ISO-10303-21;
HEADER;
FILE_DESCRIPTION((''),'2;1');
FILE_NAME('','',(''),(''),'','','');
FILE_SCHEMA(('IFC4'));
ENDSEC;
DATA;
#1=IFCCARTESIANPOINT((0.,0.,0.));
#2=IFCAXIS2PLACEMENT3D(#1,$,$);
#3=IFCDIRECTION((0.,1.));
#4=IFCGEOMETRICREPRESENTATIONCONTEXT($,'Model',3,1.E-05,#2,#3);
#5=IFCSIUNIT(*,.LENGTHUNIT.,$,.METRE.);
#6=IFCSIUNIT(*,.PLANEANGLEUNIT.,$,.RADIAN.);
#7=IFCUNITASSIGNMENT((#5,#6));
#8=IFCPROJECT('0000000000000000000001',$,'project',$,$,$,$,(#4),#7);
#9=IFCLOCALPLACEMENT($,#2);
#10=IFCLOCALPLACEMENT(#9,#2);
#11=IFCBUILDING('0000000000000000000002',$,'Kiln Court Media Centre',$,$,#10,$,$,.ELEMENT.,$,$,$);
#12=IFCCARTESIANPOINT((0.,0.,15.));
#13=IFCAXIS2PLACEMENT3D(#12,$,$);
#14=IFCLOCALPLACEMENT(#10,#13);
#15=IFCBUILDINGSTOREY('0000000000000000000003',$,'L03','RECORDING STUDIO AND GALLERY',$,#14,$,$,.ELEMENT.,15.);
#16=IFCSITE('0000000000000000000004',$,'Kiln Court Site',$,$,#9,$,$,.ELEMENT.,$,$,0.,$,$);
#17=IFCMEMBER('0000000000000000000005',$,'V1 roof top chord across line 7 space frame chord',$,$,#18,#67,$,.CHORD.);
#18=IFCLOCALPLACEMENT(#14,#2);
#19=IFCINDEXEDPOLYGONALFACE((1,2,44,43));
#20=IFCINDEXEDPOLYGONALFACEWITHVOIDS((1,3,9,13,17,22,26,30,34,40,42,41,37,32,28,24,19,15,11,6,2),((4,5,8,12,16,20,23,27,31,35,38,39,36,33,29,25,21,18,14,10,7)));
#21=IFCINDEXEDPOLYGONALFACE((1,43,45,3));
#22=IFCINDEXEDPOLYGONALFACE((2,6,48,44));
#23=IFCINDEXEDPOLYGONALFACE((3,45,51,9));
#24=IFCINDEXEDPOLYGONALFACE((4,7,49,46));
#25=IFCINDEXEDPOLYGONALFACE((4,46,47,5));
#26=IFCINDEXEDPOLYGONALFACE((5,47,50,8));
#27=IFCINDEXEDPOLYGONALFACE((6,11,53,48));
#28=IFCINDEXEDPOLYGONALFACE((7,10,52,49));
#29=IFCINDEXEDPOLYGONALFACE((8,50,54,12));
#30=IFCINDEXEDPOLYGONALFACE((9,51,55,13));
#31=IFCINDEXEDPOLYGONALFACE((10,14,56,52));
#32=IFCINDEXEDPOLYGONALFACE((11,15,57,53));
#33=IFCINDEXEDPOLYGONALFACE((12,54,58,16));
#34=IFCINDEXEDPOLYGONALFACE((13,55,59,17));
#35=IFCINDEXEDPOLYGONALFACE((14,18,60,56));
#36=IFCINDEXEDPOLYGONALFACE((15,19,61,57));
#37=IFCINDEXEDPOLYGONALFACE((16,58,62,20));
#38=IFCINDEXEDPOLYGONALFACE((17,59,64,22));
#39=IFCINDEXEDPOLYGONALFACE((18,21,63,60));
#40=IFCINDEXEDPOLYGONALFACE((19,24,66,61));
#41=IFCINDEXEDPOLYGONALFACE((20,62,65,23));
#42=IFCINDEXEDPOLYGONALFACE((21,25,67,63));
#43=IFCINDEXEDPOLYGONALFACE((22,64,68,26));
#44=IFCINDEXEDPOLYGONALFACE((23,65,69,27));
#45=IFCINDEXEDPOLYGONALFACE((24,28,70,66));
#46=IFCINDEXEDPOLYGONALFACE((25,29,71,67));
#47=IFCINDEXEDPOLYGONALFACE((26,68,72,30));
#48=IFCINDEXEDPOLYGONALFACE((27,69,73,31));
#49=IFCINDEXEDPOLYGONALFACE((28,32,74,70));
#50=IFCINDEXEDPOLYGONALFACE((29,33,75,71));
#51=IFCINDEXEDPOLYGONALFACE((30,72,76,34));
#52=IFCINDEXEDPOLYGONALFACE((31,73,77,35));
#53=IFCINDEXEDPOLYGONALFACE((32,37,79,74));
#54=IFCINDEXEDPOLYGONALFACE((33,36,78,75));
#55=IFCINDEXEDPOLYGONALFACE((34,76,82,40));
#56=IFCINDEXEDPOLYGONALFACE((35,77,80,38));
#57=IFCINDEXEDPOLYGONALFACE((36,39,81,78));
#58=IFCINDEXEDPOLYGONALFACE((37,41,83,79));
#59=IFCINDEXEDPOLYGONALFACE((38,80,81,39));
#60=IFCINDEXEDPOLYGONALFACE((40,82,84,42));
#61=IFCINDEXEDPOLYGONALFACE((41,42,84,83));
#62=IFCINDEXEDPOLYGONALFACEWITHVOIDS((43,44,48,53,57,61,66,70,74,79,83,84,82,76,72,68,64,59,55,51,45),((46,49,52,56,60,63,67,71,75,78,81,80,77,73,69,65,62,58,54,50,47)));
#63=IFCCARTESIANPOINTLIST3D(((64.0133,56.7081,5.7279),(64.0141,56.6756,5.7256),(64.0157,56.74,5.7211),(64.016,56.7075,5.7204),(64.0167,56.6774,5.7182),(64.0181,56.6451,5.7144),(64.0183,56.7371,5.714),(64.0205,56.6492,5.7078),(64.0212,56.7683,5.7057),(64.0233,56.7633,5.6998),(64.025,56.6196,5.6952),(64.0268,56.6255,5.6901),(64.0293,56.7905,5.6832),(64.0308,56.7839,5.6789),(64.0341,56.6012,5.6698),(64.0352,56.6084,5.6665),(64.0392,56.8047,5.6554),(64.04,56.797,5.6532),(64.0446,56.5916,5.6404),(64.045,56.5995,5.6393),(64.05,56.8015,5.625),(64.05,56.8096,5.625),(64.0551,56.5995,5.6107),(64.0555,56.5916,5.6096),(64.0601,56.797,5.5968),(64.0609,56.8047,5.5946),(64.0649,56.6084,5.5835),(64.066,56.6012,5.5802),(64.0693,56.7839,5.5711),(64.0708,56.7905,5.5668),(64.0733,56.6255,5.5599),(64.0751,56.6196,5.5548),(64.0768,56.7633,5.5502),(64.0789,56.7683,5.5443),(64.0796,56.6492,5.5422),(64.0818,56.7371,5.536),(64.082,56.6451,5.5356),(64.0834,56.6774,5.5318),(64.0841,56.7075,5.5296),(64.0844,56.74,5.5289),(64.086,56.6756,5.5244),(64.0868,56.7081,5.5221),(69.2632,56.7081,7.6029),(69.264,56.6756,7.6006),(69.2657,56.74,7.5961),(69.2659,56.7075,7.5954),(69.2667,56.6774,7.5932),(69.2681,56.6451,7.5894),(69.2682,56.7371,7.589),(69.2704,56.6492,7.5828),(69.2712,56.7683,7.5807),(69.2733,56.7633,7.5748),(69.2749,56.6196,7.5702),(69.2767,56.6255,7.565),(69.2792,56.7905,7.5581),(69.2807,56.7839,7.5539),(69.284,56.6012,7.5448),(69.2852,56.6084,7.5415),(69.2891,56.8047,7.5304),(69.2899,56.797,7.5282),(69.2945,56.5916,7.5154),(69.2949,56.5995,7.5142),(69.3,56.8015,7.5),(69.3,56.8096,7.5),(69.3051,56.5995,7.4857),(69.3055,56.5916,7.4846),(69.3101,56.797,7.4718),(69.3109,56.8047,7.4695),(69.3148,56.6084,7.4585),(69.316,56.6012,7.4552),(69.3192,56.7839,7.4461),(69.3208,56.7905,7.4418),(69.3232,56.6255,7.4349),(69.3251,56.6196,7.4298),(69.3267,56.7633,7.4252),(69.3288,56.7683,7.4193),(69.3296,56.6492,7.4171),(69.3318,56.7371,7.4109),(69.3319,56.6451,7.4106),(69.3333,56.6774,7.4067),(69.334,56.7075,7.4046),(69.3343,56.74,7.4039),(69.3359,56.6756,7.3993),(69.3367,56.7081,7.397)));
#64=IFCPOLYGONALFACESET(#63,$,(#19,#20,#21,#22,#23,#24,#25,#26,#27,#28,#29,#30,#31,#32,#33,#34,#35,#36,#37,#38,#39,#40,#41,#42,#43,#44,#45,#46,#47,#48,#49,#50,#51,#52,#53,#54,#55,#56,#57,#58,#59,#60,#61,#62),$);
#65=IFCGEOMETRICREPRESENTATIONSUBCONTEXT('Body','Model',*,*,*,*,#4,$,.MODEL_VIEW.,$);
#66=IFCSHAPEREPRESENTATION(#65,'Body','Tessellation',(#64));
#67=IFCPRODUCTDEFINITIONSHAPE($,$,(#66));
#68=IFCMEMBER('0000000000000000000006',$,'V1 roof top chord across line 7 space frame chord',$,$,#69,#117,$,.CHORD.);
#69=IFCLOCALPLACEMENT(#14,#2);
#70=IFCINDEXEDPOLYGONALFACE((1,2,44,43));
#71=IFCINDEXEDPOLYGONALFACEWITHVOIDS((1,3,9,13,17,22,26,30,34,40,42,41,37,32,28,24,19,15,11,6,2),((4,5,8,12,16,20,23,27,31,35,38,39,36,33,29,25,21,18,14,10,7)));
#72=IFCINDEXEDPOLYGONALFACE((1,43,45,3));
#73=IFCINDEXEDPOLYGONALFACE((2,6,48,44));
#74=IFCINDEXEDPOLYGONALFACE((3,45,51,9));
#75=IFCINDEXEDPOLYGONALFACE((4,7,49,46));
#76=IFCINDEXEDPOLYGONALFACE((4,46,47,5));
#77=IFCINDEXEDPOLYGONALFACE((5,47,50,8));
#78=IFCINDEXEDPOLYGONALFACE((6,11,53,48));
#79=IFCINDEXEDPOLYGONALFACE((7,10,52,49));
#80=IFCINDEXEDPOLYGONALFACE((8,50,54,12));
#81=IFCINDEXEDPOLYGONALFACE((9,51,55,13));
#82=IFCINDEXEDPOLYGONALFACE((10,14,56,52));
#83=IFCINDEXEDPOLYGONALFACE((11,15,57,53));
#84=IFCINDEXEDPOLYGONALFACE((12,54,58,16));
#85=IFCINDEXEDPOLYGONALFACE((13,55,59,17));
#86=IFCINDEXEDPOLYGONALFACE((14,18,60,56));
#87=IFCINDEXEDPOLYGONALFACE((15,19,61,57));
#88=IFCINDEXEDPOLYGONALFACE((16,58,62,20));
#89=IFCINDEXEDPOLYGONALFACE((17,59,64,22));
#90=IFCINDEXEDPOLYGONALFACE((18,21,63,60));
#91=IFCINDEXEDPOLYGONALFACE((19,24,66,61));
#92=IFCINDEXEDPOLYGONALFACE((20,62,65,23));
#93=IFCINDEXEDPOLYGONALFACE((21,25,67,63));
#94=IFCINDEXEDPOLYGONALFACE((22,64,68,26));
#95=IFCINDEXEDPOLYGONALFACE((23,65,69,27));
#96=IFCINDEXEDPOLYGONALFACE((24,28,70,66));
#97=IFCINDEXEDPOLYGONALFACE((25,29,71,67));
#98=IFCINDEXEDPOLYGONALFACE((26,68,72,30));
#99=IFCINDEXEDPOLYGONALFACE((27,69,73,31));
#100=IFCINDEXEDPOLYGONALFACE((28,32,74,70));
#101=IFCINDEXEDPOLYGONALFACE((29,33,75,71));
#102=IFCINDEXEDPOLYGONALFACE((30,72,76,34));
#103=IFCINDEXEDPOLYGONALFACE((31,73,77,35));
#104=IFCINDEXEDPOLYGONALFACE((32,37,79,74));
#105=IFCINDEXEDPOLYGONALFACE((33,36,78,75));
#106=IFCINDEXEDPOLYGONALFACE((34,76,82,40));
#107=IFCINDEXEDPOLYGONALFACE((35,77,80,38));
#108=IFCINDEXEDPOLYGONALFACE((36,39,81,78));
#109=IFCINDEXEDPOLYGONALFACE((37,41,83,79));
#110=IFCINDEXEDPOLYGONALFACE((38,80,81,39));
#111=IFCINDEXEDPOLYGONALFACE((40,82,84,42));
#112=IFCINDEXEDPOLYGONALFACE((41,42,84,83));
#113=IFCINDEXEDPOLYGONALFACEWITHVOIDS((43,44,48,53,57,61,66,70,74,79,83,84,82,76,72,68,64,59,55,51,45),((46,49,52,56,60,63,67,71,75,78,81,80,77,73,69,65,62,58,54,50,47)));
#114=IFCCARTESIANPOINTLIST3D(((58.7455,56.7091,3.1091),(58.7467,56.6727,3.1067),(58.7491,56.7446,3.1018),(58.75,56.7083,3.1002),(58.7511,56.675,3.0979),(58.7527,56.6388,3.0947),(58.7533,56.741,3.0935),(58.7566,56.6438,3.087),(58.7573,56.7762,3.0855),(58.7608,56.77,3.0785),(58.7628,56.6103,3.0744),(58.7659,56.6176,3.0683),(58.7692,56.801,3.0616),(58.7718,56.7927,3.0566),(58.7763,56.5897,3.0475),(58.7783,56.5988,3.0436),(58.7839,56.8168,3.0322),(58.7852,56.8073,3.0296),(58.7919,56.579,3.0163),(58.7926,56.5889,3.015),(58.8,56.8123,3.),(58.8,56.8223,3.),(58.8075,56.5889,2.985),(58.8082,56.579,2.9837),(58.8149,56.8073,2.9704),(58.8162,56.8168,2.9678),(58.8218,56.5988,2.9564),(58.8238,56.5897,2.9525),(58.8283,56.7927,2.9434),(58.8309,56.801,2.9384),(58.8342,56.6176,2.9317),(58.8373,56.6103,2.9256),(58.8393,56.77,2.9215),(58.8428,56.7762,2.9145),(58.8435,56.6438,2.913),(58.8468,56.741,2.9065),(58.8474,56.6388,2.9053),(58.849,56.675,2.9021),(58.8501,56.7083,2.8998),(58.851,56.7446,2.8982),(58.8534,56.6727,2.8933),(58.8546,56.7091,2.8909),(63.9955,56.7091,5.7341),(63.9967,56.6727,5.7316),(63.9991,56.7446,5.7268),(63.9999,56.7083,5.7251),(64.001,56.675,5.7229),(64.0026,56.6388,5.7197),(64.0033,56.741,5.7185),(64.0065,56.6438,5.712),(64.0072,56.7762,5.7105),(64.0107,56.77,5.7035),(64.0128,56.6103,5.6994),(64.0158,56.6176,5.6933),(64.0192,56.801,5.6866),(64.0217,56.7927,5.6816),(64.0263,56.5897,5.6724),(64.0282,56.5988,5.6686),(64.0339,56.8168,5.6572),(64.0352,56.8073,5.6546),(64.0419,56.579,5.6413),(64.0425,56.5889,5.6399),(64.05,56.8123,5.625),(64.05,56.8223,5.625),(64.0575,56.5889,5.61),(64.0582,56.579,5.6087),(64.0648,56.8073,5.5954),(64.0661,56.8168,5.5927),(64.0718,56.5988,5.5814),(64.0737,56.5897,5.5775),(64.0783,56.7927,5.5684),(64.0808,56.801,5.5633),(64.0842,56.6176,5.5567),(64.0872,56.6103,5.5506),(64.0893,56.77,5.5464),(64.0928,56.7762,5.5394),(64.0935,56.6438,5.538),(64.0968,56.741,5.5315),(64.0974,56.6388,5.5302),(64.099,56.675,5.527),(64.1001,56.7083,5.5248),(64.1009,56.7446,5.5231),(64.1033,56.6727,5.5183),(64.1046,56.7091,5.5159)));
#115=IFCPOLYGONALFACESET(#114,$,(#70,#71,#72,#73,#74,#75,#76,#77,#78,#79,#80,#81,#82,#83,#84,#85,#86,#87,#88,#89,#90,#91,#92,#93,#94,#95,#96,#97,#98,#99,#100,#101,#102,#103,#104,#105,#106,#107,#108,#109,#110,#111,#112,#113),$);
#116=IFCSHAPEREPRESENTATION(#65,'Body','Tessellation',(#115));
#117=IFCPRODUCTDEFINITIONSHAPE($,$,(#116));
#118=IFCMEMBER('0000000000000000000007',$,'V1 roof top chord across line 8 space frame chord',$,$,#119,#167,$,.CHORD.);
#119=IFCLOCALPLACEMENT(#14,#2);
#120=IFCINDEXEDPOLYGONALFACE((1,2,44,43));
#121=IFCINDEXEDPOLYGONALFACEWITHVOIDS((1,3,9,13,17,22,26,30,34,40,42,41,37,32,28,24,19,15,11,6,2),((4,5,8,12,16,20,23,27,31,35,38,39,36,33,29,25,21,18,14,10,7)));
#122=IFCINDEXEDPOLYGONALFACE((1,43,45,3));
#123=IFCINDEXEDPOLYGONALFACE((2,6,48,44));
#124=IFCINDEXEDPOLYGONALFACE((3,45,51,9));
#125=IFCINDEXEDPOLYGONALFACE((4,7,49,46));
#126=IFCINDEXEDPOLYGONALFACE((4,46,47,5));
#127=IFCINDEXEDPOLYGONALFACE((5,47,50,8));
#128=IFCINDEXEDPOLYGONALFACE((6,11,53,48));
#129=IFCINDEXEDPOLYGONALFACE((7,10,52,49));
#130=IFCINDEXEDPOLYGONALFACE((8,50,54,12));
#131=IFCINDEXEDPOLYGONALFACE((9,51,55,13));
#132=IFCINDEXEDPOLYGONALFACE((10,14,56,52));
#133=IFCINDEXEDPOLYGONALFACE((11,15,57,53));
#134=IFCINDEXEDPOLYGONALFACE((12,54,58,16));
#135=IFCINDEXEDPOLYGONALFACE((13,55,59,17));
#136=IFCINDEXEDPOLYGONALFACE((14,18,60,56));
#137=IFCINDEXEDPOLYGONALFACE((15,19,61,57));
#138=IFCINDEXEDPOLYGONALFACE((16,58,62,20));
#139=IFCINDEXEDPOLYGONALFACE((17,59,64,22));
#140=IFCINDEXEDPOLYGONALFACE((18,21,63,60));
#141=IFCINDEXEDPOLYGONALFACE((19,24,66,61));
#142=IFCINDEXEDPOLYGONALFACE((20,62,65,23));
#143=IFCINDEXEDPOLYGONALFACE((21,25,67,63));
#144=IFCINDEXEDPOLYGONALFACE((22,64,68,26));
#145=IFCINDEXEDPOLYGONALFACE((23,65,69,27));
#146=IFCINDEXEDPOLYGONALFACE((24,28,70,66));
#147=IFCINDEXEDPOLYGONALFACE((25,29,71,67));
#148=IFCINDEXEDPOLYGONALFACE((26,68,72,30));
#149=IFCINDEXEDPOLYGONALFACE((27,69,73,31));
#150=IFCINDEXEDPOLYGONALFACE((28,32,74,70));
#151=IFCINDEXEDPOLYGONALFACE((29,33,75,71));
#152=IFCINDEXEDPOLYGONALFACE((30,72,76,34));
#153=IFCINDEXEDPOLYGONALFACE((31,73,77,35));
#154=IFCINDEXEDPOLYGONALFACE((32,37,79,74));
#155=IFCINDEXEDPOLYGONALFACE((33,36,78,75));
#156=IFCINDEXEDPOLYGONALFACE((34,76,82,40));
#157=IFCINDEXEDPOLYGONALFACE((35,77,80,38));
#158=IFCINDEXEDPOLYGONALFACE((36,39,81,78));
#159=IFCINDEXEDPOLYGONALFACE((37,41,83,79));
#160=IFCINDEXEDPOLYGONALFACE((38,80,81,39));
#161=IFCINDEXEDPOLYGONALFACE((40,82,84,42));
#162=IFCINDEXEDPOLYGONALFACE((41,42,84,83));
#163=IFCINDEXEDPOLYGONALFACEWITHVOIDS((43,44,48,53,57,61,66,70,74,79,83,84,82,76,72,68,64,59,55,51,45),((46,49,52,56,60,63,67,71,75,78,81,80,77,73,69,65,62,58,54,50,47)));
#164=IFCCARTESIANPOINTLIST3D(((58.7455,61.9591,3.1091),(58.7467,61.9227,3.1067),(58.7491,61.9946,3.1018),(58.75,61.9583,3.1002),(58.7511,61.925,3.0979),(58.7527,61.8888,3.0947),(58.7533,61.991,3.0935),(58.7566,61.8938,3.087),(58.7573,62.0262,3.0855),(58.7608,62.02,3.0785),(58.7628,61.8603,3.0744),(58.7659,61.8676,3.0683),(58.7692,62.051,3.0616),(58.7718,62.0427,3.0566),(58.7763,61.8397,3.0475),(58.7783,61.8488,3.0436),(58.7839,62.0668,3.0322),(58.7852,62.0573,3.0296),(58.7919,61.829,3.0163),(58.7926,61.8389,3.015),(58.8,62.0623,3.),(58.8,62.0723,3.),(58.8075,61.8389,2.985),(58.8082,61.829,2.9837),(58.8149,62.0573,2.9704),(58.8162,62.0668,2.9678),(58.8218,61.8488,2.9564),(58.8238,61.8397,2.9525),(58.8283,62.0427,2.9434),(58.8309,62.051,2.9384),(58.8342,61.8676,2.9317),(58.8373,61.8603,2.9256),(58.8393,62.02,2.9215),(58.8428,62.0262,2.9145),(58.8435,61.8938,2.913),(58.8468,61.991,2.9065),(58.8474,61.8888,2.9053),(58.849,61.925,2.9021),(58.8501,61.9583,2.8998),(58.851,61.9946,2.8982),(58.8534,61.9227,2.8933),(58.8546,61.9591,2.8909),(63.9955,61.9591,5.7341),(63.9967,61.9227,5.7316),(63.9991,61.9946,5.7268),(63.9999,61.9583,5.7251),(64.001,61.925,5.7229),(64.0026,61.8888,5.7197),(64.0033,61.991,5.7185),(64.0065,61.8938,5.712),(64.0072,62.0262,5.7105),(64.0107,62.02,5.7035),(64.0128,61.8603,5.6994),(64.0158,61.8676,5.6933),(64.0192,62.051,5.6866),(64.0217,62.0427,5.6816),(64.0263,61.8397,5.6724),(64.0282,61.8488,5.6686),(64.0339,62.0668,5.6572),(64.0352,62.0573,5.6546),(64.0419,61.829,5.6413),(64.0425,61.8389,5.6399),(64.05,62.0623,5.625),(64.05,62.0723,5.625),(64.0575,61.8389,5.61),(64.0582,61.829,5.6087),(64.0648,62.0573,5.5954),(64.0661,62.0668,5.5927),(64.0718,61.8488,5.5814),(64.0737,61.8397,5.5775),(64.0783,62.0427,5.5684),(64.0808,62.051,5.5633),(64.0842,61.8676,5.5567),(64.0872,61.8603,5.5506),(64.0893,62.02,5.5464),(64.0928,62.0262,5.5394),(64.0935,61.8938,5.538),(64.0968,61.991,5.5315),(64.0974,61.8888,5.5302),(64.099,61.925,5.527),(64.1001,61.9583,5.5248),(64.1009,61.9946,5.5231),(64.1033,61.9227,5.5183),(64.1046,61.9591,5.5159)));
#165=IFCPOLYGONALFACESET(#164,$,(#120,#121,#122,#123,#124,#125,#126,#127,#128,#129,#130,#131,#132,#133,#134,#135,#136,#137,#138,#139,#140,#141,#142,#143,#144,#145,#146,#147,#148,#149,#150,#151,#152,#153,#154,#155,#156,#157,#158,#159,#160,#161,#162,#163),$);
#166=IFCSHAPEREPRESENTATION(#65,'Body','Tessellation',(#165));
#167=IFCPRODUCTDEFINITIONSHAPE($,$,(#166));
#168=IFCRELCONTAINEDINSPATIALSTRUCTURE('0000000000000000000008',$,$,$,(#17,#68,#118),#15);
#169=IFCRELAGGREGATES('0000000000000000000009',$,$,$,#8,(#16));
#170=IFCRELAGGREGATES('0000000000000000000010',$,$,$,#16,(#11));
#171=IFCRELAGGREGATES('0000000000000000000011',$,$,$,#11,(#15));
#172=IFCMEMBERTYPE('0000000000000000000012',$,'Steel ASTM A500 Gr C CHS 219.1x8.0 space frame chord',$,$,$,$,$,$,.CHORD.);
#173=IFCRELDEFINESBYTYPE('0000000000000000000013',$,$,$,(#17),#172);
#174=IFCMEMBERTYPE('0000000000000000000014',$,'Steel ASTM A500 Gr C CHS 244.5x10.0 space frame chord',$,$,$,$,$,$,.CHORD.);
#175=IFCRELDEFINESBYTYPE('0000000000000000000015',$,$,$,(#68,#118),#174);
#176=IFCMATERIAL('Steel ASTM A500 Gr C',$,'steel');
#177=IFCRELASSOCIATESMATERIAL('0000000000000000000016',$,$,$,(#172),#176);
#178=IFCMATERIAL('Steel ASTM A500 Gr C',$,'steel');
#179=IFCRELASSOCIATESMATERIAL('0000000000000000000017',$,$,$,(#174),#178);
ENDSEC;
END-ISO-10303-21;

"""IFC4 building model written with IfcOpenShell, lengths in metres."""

from ifc_helpers import new_model, si_unit, direction, frame, origin, origin_2d, place, context, subcontext, project, spatial, hollow_circle, extrude, material, material_profile, profile_set, type_object, element, save


model = new_model("IFC4")

# Units and contexts
model_context = context("Model", 3, precision=1e-05, world=origin(), true_north=direction((0.0, 1.0)))
body_context = subcontext(model_context, "Body", "Model", "MODEL_VIEW")
ifc_project = project(units=[si_unit("LENGTHUNIT", "METRE"), si_unit("PLANEANGLEUNIT", "RADIAN")], contexts=[model_context])

# Site, building, storey
site_placement = place(None, origin())
site = spatial("IfcSite", under=ifc_project, at=site_placement, Name="Kiln Court Site", CompositionType="ELEMENT", RefElevation=0.0)
building_placement = place(site_placement, origin())
building = spatial("IfcBuilding", under=site, at=building_placement, Name="Kiln Court Media Centre", CompositionType="ELEMENT")
storey_placement = place(building_placement, frame((0.0, 0.0, 15.0)))
storey = spatial("IfcBuildingStorey", under=building, at=storey_placement, Name="L03", Description="RECORDING STUDIO AND GALLERY", CompositionType="ELEMENT", Elevation=15.0)

# Members
ifc_material_1 = material(Name="Steel ASTM A500 Gr C", Category="steel")
ifc_material_profile_1 = material_profile(ifc_material_1, hollow_circle(Radius=0.1096, WallThickness=0.0081, at=origin_2d()), Name="CHS 219.1x8.0")
ifc_profile_set_1 = profile_set([ifc_material_profile_1], Name="Steel ASTM A500 Gr C")
member_type_1 = type_object("IfcMemberType", Name="Steel ASTM A500 Gr C CHS 219.1x8.0 space frame chord", PredefinedType="CHORD", material=ifc_profile_set_1)
member_1_placement = place(storey_placement, frame((64.05, 56.7, 5.625), z_axis=(0.941742, 0.0, 0.336336), x_axis=(0.0, 1.0, 0.0)))
element("IfcMember", 1, at=member_1_placement, inside=storey, type_object=member_type_1, Name="V1 roof top chord across line 7 space frame chord", PredefinedType="CHORD", context=body_context, shape_type="SweptSolid", body=[
    extrude(hollow_circle(Radius=0.1096, WallThickness=0.0081, at=origin_2d()), origin(), (0.0, 0.0, 1.0), 5.5747),
])
ifc_material_2 = material(Name="Steel ASTM A500 Gr C", Category="steel")
ifc_material_profile_2 = material_profile(ifc_material_2, hollow_circle(Radius=0.1223, WallThickness=0.01, at=origin_2d()), Name="CHS 244.5x10.0")
ifc_profile_set_2 = profile_set([ifc_material_profile_2], Name="Steel ASTM A500 Gr C")
member_type_2 = type_object("IfcMemberType", Name="Steel ASTM A500 Gr C CHS 244.5x10.0 space frame chord", PredefinedType="CHORD", material=ifc_profile_set_2)
for number, where, z_axis, x_axis, name in (
    (2, (58.8, 56.7, 3.0), (0.894427, 0.0, 0.447214), (0.0, 1.0, 0.0), "V1 roof top chord across line 7 space frame chord"),
    (3, (58.8, 61.95, 3.0), (0.894427, 0.0, 0.447214), (0.0, 1.0, 0.0), "V1 roof top chord across line 8 space frame chord"),
):
    element("IfcMember", number, at=place(storey_placement, frame(where, z_axis=z_axis, x_axis=x_axis)), inside=storey, type_object=member_type_2, Name=name, PredefinedType="CHORD", context=body_context, shape_type="SweptSolid", body=[
        extrude(hollow_circle(Radius=0.1223, WallThickness=0.01, at=origin_2d()), origin(), (0.0, 0.0, 1.0), 5.8696),
    ])

save(model, "model.ifc")
